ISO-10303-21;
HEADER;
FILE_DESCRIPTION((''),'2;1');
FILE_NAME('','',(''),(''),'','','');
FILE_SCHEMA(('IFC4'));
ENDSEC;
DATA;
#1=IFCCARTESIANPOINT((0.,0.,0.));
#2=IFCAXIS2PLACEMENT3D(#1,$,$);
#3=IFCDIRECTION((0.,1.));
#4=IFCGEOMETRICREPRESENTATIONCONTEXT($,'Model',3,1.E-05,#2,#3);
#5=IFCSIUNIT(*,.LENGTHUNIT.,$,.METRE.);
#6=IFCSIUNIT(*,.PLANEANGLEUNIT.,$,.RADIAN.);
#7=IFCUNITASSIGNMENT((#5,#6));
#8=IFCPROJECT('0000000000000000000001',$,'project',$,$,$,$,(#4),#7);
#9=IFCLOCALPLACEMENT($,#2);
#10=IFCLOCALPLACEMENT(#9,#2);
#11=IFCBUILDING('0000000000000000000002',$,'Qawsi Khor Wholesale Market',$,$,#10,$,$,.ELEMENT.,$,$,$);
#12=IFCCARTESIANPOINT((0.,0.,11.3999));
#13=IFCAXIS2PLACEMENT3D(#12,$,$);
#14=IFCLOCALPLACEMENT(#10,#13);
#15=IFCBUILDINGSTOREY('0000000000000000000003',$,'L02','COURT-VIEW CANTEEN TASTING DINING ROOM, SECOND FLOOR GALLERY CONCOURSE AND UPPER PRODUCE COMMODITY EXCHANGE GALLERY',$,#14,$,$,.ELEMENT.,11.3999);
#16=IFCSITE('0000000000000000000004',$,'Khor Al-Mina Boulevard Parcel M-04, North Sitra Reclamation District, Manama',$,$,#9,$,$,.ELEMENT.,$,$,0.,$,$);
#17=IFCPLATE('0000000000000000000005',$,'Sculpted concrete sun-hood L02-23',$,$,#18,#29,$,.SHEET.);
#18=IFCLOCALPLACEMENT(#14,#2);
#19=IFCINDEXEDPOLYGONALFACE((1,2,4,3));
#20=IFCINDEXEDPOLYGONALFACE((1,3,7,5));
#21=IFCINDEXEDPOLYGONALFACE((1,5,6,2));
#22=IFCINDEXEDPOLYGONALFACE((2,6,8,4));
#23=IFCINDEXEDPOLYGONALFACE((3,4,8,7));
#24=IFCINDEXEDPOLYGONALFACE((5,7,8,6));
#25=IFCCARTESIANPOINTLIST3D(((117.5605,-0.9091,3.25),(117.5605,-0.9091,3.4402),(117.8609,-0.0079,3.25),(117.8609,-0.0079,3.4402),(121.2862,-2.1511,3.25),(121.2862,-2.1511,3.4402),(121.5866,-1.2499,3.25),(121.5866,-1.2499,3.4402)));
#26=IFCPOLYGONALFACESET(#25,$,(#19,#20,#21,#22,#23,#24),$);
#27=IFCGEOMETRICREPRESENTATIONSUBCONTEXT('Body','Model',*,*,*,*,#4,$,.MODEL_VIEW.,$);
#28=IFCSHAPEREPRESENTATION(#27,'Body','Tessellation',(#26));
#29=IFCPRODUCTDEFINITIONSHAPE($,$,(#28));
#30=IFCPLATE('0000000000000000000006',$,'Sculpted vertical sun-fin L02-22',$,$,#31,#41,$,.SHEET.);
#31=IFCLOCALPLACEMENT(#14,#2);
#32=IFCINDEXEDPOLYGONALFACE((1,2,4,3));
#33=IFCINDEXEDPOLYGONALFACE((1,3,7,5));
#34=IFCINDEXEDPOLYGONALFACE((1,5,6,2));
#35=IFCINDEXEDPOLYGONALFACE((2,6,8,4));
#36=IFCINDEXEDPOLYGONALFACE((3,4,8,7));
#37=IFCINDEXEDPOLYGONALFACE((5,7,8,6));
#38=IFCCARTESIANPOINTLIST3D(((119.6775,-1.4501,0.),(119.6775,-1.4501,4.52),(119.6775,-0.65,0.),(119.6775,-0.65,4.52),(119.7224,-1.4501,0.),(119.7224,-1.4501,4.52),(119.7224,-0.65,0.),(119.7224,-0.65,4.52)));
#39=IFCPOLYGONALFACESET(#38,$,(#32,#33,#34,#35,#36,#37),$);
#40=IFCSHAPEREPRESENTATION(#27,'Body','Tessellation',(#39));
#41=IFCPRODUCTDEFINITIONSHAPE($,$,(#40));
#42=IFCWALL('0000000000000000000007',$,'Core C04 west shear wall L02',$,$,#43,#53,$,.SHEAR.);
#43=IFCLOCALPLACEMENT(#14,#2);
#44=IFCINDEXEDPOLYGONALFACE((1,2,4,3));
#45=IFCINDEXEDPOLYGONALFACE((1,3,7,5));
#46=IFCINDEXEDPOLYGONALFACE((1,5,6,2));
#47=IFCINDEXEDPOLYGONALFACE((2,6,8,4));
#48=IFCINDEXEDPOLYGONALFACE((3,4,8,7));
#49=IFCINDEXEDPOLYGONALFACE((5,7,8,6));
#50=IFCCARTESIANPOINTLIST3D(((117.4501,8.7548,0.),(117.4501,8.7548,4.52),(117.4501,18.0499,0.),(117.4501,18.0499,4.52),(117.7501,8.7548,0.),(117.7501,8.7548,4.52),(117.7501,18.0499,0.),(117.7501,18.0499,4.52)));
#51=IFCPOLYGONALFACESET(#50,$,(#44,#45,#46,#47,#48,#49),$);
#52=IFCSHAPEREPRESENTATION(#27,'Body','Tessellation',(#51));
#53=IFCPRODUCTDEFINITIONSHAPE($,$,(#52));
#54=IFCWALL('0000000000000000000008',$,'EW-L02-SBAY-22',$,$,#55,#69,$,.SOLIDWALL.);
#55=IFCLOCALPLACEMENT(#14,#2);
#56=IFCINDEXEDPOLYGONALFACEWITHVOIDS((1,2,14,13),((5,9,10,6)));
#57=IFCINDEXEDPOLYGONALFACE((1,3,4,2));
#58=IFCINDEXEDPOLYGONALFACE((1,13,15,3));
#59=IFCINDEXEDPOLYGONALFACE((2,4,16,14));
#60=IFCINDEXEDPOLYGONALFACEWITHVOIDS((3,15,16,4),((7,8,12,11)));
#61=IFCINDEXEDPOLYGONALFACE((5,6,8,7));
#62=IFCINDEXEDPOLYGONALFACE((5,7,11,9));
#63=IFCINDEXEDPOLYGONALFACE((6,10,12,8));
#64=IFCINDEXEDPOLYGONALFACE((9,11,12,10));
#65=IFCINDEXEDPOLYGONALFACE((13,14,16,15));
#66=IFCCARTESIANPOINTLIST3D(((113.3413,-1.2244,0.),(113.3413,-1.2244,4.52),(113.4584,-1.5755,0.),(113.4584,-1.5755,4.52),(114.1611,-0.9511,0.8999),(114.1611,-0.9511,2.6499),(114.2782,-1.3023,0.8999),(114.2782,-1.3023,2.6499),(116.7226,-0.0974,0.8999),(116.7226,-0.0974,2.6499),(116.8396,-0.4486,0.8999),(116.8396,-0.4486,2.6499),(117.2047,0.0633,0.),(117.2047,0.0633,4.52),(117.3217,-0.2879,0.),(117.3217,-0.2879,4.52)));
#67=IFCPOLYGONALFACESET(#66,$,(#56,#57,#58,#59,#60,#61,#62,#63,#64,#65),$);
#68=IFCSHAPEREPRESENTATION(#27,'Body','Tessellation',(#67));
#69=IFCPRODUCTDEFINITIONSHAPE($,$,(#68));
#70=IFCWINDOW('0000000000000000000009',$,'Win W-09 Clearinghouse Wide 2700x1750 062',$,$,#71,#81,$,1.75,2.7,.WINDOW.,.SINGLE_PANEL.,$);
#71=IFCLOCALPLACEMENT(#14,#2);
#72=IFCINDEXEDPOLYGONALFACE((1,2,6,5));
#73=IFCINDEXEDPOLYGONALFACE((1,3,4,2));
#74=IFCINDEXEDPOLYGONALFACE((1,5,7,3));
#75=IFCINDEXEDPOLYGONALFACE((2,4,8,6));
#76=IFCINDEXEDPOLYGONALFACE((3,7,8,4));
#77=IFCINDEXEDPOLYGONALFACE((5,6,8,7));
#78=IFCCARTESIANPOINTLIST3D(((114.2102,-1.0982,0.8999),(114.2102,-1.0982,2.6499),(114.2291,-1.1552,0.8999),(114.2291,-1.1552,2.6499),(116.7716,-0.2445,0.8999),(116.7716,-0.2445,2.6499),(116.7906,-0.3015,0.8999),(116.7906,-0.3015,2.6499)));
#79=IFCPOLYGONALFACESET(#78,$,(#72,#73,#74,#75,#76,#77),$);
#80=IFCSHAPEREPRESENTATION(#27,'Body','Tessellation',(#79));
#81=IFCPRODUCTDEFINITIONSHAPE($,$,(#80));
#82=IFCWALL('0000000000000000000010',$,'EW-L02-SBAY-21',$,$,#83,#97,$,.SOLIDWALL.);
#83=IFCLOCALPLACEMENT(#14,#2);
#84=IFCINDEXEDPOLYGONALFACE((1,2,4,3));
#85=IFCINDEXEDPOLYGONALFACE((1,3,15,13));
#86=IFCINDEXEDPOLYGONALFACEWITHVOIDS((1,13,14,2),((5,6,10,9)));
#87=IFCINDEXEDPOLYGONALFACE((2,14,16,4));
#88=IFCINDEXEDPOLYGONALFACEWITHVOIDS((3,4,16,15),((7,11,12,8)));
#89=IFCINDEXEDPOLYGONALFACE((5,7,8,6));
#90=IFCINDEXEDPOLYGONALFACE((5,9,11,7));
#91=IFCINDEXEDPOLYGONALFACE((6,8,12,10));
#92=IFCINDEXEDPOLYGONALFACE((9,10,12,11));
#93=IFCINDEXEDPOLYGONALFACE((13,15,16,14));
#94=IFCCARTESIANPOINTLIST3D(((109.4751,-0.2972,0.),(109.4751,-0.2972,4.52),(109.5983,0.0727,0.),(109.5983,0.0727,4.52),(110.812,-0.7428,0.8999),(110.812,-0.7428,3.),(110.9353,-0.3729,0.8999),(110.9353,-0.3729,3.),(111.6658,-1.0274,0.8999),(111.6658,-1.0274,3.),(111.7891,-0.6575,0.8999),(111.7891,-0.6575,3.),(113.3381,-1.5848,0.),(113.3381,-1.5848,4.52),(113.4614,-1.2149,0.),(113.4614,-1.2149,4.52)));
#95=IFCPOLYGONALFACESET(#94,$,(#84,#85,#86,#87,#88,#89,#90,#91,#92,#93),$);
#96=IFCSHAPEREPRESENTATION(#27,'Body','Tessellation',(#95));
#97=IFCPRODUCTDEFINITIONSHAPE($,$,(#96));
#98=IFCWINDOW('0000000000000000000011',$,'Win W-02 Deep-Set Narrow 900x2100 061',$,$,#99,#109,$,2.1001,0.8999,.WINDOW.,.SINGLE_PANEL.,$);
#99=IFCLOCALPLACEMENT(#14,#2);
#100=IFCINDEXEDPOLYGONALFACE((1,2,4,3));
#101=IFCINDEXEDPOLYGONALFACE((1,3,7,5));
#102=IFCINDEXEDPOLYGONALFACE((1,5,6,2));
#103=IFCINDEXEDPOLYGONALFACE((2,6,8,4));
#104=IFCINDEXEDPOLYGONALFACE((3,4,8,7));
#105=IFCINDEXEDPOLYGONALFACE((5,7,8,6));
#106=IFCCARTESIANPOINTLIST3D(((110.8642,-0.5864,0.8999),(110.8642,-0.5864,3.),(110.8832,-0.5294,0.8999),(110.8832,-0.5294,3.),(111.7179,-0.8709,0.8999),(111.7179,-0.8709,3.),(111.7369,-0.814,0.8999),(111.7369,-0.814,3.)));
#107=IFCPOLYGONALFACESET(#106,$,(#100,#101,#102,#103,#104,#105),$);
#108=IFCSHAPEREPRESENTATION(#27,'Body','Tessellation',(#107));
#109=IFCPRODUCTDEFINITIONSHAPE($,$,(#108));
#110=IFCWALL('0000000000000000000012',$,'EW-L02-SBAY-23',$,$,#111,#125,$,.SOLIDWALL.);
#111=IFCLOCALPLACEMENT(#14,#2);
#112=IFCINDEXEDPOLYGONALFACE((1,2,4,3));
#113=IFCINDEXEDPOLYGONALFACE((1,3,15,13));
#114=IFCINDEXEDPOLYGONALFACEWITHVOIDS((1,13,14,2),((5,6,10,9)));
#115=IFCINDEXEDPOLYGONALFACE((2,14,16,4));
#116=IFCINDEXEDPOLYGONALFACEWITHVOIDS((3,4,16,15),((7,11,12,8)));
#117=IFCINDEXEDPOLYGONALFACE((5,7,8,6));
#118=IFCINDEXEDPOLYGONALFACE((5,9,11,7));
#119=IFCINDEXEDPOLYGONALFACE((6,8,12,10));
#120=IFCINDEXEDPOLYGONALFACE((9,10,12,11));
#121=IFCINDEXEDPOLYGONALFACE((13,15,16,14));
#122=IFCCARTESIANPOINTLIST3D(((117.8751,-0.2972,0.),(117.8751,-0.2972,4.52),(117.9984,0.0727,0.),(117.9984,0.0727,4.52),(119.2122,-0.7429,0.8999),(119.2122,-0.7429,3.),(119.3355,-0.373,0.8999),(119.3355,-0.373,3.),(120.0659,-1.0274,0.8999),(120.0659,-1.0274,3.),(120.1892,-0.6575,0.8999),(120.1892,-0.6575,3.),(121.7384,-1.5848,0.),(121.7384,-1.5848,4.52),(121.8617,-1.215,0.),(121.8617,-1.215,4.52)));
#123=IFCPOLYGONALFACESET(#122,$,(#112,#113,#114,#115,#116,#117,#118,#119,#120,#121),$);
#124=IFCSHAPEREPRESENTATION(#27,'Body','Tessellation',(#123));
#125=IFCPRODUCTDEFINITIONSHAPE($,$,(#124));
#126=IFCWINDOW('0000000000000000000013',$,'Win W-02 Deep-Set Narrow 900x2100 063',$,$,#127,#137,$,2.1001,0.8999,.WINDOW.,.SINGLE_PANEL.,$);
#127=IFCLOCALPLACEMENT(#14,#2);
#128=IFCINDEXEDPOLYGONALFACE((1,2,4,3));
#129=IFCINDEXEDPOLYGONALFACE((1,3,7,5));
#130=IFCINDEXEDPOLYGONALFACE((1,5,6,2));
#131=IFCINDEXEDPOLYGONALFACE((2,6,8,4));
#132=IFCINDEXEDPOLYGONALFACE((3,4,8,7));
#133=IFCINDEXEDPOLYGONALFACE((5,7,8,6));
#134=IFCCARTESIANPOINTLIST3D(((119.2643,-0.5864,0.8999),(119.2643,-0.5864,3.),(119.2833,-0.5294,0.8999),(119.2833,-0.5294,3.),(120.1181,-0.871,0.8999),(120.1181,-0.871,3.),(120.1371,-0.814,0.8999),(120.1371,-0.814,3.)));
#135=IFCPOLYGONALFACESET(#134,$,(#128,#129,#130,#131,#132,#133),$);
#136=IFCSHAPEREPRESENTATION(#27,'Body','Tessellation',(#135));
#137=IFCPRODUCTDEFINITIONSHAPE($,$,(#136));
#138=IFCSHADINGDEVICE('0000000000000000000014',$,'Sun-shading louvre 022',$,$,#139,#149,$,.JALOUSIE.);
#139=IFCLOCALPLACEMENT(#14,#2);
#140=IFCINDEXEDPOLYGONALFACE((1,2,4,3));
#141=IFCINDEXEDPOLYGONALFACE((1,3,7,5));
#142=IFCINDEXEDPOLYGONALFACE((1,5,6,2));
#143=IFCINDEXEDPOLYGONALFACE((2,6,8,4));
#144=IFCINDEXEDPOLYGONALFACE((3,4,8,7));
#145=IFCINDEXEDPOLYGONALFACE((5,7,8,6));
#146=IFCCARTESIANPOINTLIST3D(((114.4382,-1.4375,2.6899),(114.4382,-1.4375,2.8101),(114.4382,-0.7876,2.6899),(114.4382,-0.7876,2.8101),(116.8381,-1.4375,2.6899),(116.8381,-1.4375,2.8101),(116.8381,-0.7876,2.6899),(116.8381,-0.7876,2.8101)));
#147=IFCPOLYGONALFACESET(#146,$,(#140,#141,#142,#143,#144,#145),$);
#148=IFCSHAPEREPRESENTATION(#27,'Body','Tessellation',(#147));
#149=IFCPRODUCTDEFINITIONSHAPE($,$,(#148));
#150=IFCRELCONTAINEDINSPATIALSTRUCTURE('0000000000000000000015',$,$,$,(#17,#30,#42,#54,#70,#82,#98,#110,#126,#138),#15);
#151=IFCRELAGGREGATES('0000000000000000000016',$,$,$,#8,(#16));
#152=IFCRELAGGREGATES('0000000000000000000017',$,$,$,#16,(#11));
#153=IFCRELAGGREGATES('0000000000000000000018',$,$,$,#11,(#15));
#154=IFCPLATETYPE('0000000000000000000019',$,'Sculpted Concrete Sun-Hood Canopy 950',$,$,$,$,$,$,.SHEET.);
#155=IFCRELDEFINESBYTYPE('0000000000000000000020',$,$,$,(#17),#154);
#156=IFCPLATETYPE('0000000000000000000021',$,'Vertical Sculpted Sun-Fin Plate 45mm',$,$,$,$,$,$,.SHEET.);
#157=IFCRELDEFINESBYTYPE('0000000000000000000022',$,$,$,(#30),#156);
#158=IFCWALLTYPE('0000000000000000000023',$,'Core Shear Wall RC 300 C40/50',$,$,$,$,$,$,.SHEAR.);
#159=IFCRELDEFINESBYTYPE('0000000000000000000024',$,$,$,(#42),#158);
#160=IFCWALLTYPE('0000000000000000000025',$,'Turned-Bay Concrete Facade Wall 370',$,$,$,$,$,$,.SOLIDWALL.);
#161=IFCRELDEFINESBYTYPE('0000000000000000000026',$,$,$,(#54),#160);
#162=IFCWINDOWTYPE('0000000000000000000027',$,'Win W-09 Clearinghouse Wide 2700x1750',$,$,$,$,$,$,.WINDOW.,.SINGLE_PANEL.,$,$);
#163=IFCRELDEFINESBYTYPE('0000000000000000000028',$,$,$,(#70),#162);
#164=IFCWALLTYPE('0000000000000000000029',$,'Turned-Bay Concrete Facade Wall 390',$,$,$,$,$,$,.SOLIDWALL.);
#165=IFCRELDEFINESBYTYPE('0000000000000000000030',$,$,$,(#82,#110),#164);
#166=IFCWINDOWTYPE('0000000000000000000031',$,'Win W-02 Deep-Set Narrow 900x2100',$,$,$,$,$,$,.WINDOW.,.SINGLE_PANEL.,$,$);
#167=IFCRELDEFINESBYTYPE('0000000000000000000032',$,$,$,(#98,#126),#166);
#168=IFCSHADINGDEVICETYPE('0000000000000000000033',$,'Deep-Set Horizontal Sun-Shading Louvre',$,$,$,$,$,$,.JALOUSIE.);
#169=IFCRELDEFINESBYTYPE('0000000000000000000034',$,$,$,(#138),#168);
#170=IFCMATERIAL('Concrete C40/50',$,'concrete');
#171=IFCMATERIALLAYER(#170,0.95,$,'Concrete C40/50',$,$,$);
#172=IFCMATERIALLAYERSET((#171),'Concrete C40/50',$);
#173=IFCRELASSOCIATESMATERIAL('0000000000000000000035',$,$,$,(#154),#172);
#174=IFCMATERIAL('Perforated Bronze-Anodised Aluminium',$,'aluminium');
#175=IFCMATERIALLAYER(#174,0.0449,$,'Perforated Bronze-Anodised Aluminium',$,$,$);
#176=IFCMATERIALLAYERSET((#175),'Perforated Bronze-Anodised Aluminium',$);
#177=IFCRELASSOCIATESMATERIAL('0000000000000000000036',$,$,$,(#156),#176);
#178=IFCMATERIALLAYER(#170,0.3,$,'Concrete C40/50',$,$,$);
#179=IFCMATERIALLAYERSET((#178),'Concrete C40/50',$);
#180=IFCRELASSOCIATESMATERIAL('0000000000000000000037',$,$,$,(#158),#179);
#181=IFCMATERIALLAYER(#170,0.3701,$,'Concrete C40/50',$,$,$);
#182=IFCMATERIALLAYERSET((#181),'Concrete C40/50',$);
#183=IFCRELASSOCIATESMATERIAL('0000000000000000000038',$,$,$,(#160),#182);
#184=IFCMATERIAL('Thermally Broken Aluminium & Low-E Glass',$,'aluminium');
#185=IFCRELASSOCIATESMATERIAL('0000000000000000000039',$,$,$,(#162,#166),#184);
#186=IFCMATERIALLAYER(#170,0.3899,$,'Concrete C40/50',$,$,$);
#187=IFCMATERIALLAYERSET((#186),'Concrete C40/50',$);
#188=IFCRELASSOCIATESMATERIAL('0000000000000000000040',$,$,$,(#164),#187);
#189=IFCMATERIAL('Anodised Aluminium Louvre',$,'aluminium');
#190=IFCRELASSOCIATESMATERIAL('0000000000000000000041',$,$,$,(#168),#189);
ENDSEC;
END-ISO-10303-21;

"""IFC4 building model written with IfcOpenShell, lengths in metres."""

from ifc_helpers import new_model, si_unit, direction, frame, frame_2d, origin, origin_2d, place, context, subcontext, project, spatial, rectangle, extrude, material, layer, layer_set, type_object, element, fill, save


model = new_model("IFC4")

# Units and contexts
model_context = context("Model", 3, precision=1e-05, world=origin(), true_north=direction((0.0, 1.0)))
body_context = subcontext(model_context, "Body", "Model", "MODEL_VIEW")
ifc_project = project(units=[si_unit("LENGTHUNIT", "METRE"), si_unit("PLANEANGLEUNIT", "RADIAN")], contexts=[model_context])

# Site, building, storey
site_placement = place(None, origin())
site = spatial("IfcSite", under=ifc_project, at=site_placement, Name="Khor Al-Mina Boulevard Parcel M-04, North Sitra Reclamation District, Manama", CompositionType="ELEMENT", RefElevation=0.0)
building_placement = place(site_placement, origin())
building = spatial("IfcBuilding", under=site, at=building_placement, Name="Qawsi Khor Wholesale Market", CompositionType="ELEMENT")
storey_placement = place(building_placement, frame((0.0, 0.0, 11.3999)))
storey = spatial("IfcBuildingStorey", under=building, at=storey_placement, Name="L02", Description="COURT-VIEW CANTEEN TASTING DINING ROOM, SECOND FLOOR GALLERY CONCOURSE AND UPPER PRODUCE COMMODITY EXCHANGE GALLERY", CompositionType="ELEMENT", Elevation=11.3999)

# Shared definitions
ifc_material_1 = material(Name="Concrete C40/50", Category="concrete")

# Plates
ifc_material_2 = material(Name="Perforated Bronze-Anodised Aluminium", Category="aluminium")
ifc_layer_1 = layer(ifc_material_1, 0.95, Name="Concrete C40/50")
ifc_layer_set_1 = layer_set([ifc_layer_1], Name="Concrete C40/50")
plate_type_1 = type_object("IfcPlateType", Name="Sculpted Concrete Sun-Hood Canopy 950", PredefinedType="SHEET", material=ifc_layer_set_1)
plate_1_placement = place(storey_placement, frame((117.7107, -0.4585, 3.25), z_axis=(0.0, 0.0, 1.0), x_axis=(0.948677, -0.316246, 0.0)))
element("IfcPlate", 1, at=plate_1_placement, inside=storey, type_object=plate_type_1, Name="Sculpted concrete sun-hood L02-23", PredefinedType="SHEET", context=body_context, shape_type="SweptSolid", body=[
    extrude(rectangle(XDim=3.9272, YDim=0.95, at=frame_2d((1.9636, 0.0))), origin(), (0.0, 0.0, 1.0), 0.1902),
])
ifc_layer_2 = layer(ifc_material_2, 0.0449, Name="Perforated Bronze-Anodised Aluminium")
ifc_layer_set_2 = layer_set([ifc_layer_2], Name="Perforated Bronze-Anodised Aluminium")
plate_type_2 = type_object("IfcPlateType", Name="Vertical Sculpted Sun-Fin Plate 45mm", PredefinedType="SHEET", material=ifc_layer_set_2)
plate_2_placement = place(storey_placement, frame((119.7, -1.45, 0.0), z_axis=(0.0, 0.0, 1.0), x_axis=(0.0, 1.0, 0.0)))
element("IfcPlate", 2, at=plate_2_placement, inside=storey, type_object=plate_type_2, Name="Sculpted vertical sun-fin L02-22", PredefinedType="SHEET", context=body_context, shape_type="SweptSolid", body=[
    extrude(rectangle(XDim=0.8, YDim=0.0449, at=frame_2d((0.3999, 0.0))), origin(), (0.0, 0.0, 1.0), 4.52),
])

# Wall
ifc_layer_3 = layer(ifc_material_1, 0.3, Name="Concrete C40/50")
ifc_layer_set_3 = layer_set([ifc_layer_3], Name="Concrete C40/50")
wall_type_1 = type_object("IfcWallType", Name="Core Shear Wall RC 300 C40/50", PredefinedType="SHEAR", material=ifc_layer_set_3)
wall_1_placement = place(storey_placement, frame((117.6001, 8.7549, 0.0), z_axis=(0.0, 0.0, 1.0), x_axis=(0.0, 1.0, 0.0)))
element("IfcWall", 3, at=wall_1_placement, inside=storey, type_object=wall_type_1, Name="Core C04 west shear wall L02", PredefinedType="SHEAR", context=body_context, shape_type="SweptSolid", body=[
    extrude(rectangle(XDim=9.2952, YDim=0.3, at=frame_2d((4.6475, 0.0))), origin(), (0.0, 0.0, 1.0), 4.52),
])

# Walls, openings, windows
ifc_layer_4 = layer(ifc_material_1, 0.3701, Name="Concrete C40/50")
ifc_layer_set_4 = layer_set([ifc_layer_4], Name="Concrete C40/50")
wall_type_2 = type_object("IfcWallType", Name="Turned-Bay Concrete Facade Wall 370", PredefinedType="SOLIDWALL", material=ifc_layer_set_4)
wall_2_placement = place(storey_placement, frame((117.2632, -0.1123, 0.0), z_axis=(0.0, 0.0, 1.0), x_axis=(-0.948695, -0.316192, 0.0)))
wall_2 = element("IfcWall", 4, at=wall_2_placement, inside=storey, type_object=wall_type_2, Name="EW-L02-SBAY-22", PredefinedType="SOLIDWALL", context=body_context, shape_type="SweptSolid", body=[
    extrude(rectangle(XDim=4.0723, YDim=0.3701, at=frame_2d((2.0361, 0.0))), origin(), (0.0, 0.0, 1.0), 4.52),
])
opening_1_placement = place(wall_2_placement, frame((0.5081, 0.0, 0.8999)))
opening_1 = element("IfcOpeningElement", 5, at=opening_1_placement, cuts=wall_2, PredefinedType="OPENING", context=body_context, shape_type="SweptSolid", body=[
    extrude(rectangle(XDim=2.7, YDim=1.75, at=frame_2d((1.3501, 0.875))), frame((0.0, 0.1951, 0.0), z_axis=(0.0, -1.0, 0.0), x_axis=(1.0, 0.0, 0.0)), (0.0, 0.0, 1.0), 0.3901),
])
ifc_material_3 = material(Name="Thermally Broken Aluminium & Low-E Glass", Category="aluminium")
window_type_1 = type_object("IfcWindowType", Name="Win W-09 Clearinghouse Wide 2700x1750", PartitioningType="SINGLE_PANEL", PredefinedType="WINDOW", material=ifc_material_3)
window_1_placement = place(opening_1_placement, origin())
window_1 = element("IfcWindow", 6, at=window_1_placement, inside=storey, type_object=window_type_1, Name="Win W-09 Clearinghouse Wide 2700x1750 062", OverallHeight=1.75, OverallWidth=2.7, PartitioningType="SINGLE_PANEL", PredefinedType="WINDOW", context=body_context, shape_type="SweptSolid", body=[
    extrude(rectangle(XDim=2.7, YDim=1.75, at=frame_2d((1.3501, 0.875))), frame((0.0, 0.03, 0.0), z_axis=(0.0, -1.0, 0.0), x_axis=(1.0, 0.0, 0.0)), (0.0, 0.0, 1.0), 0.0601),
])
fill(opening_1, window_1)
ifc_layer_5 = layer(ifc_material_1, 0.3899, Name="Concrete C40/50")
ifc_layer_set_5 = layer_set([ifc_layer_5], Name="Concrete C40/50")
wall_type_3 = type_object("IfcWallType", Name="Turned-Bay Concrete Facade Wall 390", PredefinedType="SOLIDWALL", material=ifc_layer_set_5)
wall_3_placement = place(storey_placement, frame((113.3999, -1.3999, 0.0), z_axis=(0.0, 0.0, 1.0), x_axis=(-0.948689, 0.31621, 0.0)))
wall_3 = element("IfcWall", 7, at=wall_3_placement, inside=storey, type_object=wall_type_3, Name="EW-L02-SBAY-21", PredefinedType="SOLIDWALL", context=body_context, shape_type="SweptSolid", body=[
    extrude(rectangle(XDim=4.072, YDim=0.3899, at=frame_2d((2.0361, 0.0))), origin(), (0.0, 0.0, 1.0), 4.52),
])
opening_2_placement = place(wall_3_placement, frame((1.7629, 0.0, 0.8999)))
opening_2 = element("IfcOpeningElement", 8, at=opening_2_placement, cuts=wall_3, PredefinedType="OPENING", context=body_context, shape_type="SweptSolid", body=[
    extrude(rectangle(XDim=0.8999, YDim=2.1001, at=frame_2d((0.45, 1.05))), frame((0.0, 0.2048, 0.0), z_axis=(0.0, -1.0, 0.0), x_axis=(1.0, 0.0, 0.0)), (0.0, 0.0, 1.0), 0.4099),
])
window_type_2 = type_object("IfcWindowType", Name="Win W-02 Deep-Set Narrow 900x2100", PartitioningType="SINGLE_PANEL", PredefinedType="WINDOW", material=ifc_material_3)
window_2_placement = place(opening_2_placement, origin())
window_2 = element("IfcWindow", 9, at=window_2_placement, inside=storey, type_object=window_type_2, Name="Win W-02 Deep-Set Narrow 900x2100 061", OverallHeight=2.1001, OverallWidth=0.8999, PartitioningType="SINGLE_PANEL", PredefinedType="WINDOW", context=body_context, shape_type="SweptSolid", body=[
    extrude(rectangle(XDim=0.8999, YDim=2.1001, at=frame_2d((0.45, 1.05))), frame((0.0, 0.03, 0.0), z_axis=(0.0, -1.0, 0.0), x_axis=(1.0, 0.0, 0.0)), (0.0, 0.0, 1.0), 0.0601),
])
fill(opening_2, window_2)
wall_4_placement = place(storey_placement, frame((121.8, -1.3999, 0.0), z_axis=(0.0, 0.0, 1.0), x_axis=(-0.948695, 0.316192, 0.0)))
wall_4 = element("IfcWall", 10, at=wall_4_placement, inside=storey, type_object=wall_type_3, Name="EW-L02-SBAY-23", PredefinedType="SOLIDWALL", context=body_context, shape_type="SweptSolid", body=[
    extrude(rectangle(XDim=4.0723, YDim=0.3899, at=frame_2d((2.0361, 0.0))), origin(), (0.0, 0.0, 1.0), 4.52),
])
opening_3_placement = place(wall_4_placement, frame((1.7629, 0.0, 0.8999)))
opening_3 = element("IfcOpeningElement", 11, at=opening_3_placement, cuts=wall_4, PredefinedType="OPENING", context=body_context, shape_type="SweptSolid", body=[
    extrude(rectangle(XDim=0.8999, YDim=2.1001, at=frame_2d((0.45, 1.05))), frame((0.0, 0.2048, 0.0), z_axis=(0.0, -1.0, 0.0), x_axis=(1.0, 0.0, 0.0)), (0.0, 0.0, 1.0), 0.4099),
])
window_3_placement = place(opening_3_placement, origin())
window_3 = element("IfcWindow", 12, at=window_3_placement, inside=storey, type_object=window_type_2, Name="Win W-02 Deep-Set Narrow 900x2100 063", OverallHeight=2.1001, OverallWidth=0.8999, PartitioningType="SINGLE_PANEL", PredefinedType="WINDOW", context=body_context, shape_type="SweptSolid", body=[
    extrude(rectangle(XDim=0.8999, YDim=2.1001, at=frame_2d((0.45, 1.05))), frame((0.0, 0.03, 0.0), z_axis=(0.0, -1.0, 0.0), x_axis=(1.0, 0.0, 0.0)), (0.0, 0.0, 1.0), 0.0601),
])
fill(opening_3, window_3)

# Shading device
ifc_material_4 = material(Name="Anodised Aluminium Louvre", Category="aluminium")
shading_device_type = type_object("IfcShadingDeviceType", Name="Deep-Set Horizontal Sun-Shading Louvre", PredefinedType="JALOUSIE", material=ifc_material_4)
shading_device_placement = place(storey_placement, frame((115.6382, -1.1125, 2.6899), z_axis=(0.0, 0.0, 1.0), x_axis=(1.0, 0.0, 0.0)))
element("IfcShadingDevice", 13, at=shading_device_placement, inside=storey, type_object=shading_device_type, Name="Sun-shading louvre 022", PredefinedType="JALOUSIE", context=body_context, shape_type="SweptSolid", body=[
    extrude(rectangle(XDim=2.3999, YDim=0.6499, at=origin_2d()), origin(), (0.0, 0.0, 1.0), 0.1201),
])

save(model, "model.ifc")
